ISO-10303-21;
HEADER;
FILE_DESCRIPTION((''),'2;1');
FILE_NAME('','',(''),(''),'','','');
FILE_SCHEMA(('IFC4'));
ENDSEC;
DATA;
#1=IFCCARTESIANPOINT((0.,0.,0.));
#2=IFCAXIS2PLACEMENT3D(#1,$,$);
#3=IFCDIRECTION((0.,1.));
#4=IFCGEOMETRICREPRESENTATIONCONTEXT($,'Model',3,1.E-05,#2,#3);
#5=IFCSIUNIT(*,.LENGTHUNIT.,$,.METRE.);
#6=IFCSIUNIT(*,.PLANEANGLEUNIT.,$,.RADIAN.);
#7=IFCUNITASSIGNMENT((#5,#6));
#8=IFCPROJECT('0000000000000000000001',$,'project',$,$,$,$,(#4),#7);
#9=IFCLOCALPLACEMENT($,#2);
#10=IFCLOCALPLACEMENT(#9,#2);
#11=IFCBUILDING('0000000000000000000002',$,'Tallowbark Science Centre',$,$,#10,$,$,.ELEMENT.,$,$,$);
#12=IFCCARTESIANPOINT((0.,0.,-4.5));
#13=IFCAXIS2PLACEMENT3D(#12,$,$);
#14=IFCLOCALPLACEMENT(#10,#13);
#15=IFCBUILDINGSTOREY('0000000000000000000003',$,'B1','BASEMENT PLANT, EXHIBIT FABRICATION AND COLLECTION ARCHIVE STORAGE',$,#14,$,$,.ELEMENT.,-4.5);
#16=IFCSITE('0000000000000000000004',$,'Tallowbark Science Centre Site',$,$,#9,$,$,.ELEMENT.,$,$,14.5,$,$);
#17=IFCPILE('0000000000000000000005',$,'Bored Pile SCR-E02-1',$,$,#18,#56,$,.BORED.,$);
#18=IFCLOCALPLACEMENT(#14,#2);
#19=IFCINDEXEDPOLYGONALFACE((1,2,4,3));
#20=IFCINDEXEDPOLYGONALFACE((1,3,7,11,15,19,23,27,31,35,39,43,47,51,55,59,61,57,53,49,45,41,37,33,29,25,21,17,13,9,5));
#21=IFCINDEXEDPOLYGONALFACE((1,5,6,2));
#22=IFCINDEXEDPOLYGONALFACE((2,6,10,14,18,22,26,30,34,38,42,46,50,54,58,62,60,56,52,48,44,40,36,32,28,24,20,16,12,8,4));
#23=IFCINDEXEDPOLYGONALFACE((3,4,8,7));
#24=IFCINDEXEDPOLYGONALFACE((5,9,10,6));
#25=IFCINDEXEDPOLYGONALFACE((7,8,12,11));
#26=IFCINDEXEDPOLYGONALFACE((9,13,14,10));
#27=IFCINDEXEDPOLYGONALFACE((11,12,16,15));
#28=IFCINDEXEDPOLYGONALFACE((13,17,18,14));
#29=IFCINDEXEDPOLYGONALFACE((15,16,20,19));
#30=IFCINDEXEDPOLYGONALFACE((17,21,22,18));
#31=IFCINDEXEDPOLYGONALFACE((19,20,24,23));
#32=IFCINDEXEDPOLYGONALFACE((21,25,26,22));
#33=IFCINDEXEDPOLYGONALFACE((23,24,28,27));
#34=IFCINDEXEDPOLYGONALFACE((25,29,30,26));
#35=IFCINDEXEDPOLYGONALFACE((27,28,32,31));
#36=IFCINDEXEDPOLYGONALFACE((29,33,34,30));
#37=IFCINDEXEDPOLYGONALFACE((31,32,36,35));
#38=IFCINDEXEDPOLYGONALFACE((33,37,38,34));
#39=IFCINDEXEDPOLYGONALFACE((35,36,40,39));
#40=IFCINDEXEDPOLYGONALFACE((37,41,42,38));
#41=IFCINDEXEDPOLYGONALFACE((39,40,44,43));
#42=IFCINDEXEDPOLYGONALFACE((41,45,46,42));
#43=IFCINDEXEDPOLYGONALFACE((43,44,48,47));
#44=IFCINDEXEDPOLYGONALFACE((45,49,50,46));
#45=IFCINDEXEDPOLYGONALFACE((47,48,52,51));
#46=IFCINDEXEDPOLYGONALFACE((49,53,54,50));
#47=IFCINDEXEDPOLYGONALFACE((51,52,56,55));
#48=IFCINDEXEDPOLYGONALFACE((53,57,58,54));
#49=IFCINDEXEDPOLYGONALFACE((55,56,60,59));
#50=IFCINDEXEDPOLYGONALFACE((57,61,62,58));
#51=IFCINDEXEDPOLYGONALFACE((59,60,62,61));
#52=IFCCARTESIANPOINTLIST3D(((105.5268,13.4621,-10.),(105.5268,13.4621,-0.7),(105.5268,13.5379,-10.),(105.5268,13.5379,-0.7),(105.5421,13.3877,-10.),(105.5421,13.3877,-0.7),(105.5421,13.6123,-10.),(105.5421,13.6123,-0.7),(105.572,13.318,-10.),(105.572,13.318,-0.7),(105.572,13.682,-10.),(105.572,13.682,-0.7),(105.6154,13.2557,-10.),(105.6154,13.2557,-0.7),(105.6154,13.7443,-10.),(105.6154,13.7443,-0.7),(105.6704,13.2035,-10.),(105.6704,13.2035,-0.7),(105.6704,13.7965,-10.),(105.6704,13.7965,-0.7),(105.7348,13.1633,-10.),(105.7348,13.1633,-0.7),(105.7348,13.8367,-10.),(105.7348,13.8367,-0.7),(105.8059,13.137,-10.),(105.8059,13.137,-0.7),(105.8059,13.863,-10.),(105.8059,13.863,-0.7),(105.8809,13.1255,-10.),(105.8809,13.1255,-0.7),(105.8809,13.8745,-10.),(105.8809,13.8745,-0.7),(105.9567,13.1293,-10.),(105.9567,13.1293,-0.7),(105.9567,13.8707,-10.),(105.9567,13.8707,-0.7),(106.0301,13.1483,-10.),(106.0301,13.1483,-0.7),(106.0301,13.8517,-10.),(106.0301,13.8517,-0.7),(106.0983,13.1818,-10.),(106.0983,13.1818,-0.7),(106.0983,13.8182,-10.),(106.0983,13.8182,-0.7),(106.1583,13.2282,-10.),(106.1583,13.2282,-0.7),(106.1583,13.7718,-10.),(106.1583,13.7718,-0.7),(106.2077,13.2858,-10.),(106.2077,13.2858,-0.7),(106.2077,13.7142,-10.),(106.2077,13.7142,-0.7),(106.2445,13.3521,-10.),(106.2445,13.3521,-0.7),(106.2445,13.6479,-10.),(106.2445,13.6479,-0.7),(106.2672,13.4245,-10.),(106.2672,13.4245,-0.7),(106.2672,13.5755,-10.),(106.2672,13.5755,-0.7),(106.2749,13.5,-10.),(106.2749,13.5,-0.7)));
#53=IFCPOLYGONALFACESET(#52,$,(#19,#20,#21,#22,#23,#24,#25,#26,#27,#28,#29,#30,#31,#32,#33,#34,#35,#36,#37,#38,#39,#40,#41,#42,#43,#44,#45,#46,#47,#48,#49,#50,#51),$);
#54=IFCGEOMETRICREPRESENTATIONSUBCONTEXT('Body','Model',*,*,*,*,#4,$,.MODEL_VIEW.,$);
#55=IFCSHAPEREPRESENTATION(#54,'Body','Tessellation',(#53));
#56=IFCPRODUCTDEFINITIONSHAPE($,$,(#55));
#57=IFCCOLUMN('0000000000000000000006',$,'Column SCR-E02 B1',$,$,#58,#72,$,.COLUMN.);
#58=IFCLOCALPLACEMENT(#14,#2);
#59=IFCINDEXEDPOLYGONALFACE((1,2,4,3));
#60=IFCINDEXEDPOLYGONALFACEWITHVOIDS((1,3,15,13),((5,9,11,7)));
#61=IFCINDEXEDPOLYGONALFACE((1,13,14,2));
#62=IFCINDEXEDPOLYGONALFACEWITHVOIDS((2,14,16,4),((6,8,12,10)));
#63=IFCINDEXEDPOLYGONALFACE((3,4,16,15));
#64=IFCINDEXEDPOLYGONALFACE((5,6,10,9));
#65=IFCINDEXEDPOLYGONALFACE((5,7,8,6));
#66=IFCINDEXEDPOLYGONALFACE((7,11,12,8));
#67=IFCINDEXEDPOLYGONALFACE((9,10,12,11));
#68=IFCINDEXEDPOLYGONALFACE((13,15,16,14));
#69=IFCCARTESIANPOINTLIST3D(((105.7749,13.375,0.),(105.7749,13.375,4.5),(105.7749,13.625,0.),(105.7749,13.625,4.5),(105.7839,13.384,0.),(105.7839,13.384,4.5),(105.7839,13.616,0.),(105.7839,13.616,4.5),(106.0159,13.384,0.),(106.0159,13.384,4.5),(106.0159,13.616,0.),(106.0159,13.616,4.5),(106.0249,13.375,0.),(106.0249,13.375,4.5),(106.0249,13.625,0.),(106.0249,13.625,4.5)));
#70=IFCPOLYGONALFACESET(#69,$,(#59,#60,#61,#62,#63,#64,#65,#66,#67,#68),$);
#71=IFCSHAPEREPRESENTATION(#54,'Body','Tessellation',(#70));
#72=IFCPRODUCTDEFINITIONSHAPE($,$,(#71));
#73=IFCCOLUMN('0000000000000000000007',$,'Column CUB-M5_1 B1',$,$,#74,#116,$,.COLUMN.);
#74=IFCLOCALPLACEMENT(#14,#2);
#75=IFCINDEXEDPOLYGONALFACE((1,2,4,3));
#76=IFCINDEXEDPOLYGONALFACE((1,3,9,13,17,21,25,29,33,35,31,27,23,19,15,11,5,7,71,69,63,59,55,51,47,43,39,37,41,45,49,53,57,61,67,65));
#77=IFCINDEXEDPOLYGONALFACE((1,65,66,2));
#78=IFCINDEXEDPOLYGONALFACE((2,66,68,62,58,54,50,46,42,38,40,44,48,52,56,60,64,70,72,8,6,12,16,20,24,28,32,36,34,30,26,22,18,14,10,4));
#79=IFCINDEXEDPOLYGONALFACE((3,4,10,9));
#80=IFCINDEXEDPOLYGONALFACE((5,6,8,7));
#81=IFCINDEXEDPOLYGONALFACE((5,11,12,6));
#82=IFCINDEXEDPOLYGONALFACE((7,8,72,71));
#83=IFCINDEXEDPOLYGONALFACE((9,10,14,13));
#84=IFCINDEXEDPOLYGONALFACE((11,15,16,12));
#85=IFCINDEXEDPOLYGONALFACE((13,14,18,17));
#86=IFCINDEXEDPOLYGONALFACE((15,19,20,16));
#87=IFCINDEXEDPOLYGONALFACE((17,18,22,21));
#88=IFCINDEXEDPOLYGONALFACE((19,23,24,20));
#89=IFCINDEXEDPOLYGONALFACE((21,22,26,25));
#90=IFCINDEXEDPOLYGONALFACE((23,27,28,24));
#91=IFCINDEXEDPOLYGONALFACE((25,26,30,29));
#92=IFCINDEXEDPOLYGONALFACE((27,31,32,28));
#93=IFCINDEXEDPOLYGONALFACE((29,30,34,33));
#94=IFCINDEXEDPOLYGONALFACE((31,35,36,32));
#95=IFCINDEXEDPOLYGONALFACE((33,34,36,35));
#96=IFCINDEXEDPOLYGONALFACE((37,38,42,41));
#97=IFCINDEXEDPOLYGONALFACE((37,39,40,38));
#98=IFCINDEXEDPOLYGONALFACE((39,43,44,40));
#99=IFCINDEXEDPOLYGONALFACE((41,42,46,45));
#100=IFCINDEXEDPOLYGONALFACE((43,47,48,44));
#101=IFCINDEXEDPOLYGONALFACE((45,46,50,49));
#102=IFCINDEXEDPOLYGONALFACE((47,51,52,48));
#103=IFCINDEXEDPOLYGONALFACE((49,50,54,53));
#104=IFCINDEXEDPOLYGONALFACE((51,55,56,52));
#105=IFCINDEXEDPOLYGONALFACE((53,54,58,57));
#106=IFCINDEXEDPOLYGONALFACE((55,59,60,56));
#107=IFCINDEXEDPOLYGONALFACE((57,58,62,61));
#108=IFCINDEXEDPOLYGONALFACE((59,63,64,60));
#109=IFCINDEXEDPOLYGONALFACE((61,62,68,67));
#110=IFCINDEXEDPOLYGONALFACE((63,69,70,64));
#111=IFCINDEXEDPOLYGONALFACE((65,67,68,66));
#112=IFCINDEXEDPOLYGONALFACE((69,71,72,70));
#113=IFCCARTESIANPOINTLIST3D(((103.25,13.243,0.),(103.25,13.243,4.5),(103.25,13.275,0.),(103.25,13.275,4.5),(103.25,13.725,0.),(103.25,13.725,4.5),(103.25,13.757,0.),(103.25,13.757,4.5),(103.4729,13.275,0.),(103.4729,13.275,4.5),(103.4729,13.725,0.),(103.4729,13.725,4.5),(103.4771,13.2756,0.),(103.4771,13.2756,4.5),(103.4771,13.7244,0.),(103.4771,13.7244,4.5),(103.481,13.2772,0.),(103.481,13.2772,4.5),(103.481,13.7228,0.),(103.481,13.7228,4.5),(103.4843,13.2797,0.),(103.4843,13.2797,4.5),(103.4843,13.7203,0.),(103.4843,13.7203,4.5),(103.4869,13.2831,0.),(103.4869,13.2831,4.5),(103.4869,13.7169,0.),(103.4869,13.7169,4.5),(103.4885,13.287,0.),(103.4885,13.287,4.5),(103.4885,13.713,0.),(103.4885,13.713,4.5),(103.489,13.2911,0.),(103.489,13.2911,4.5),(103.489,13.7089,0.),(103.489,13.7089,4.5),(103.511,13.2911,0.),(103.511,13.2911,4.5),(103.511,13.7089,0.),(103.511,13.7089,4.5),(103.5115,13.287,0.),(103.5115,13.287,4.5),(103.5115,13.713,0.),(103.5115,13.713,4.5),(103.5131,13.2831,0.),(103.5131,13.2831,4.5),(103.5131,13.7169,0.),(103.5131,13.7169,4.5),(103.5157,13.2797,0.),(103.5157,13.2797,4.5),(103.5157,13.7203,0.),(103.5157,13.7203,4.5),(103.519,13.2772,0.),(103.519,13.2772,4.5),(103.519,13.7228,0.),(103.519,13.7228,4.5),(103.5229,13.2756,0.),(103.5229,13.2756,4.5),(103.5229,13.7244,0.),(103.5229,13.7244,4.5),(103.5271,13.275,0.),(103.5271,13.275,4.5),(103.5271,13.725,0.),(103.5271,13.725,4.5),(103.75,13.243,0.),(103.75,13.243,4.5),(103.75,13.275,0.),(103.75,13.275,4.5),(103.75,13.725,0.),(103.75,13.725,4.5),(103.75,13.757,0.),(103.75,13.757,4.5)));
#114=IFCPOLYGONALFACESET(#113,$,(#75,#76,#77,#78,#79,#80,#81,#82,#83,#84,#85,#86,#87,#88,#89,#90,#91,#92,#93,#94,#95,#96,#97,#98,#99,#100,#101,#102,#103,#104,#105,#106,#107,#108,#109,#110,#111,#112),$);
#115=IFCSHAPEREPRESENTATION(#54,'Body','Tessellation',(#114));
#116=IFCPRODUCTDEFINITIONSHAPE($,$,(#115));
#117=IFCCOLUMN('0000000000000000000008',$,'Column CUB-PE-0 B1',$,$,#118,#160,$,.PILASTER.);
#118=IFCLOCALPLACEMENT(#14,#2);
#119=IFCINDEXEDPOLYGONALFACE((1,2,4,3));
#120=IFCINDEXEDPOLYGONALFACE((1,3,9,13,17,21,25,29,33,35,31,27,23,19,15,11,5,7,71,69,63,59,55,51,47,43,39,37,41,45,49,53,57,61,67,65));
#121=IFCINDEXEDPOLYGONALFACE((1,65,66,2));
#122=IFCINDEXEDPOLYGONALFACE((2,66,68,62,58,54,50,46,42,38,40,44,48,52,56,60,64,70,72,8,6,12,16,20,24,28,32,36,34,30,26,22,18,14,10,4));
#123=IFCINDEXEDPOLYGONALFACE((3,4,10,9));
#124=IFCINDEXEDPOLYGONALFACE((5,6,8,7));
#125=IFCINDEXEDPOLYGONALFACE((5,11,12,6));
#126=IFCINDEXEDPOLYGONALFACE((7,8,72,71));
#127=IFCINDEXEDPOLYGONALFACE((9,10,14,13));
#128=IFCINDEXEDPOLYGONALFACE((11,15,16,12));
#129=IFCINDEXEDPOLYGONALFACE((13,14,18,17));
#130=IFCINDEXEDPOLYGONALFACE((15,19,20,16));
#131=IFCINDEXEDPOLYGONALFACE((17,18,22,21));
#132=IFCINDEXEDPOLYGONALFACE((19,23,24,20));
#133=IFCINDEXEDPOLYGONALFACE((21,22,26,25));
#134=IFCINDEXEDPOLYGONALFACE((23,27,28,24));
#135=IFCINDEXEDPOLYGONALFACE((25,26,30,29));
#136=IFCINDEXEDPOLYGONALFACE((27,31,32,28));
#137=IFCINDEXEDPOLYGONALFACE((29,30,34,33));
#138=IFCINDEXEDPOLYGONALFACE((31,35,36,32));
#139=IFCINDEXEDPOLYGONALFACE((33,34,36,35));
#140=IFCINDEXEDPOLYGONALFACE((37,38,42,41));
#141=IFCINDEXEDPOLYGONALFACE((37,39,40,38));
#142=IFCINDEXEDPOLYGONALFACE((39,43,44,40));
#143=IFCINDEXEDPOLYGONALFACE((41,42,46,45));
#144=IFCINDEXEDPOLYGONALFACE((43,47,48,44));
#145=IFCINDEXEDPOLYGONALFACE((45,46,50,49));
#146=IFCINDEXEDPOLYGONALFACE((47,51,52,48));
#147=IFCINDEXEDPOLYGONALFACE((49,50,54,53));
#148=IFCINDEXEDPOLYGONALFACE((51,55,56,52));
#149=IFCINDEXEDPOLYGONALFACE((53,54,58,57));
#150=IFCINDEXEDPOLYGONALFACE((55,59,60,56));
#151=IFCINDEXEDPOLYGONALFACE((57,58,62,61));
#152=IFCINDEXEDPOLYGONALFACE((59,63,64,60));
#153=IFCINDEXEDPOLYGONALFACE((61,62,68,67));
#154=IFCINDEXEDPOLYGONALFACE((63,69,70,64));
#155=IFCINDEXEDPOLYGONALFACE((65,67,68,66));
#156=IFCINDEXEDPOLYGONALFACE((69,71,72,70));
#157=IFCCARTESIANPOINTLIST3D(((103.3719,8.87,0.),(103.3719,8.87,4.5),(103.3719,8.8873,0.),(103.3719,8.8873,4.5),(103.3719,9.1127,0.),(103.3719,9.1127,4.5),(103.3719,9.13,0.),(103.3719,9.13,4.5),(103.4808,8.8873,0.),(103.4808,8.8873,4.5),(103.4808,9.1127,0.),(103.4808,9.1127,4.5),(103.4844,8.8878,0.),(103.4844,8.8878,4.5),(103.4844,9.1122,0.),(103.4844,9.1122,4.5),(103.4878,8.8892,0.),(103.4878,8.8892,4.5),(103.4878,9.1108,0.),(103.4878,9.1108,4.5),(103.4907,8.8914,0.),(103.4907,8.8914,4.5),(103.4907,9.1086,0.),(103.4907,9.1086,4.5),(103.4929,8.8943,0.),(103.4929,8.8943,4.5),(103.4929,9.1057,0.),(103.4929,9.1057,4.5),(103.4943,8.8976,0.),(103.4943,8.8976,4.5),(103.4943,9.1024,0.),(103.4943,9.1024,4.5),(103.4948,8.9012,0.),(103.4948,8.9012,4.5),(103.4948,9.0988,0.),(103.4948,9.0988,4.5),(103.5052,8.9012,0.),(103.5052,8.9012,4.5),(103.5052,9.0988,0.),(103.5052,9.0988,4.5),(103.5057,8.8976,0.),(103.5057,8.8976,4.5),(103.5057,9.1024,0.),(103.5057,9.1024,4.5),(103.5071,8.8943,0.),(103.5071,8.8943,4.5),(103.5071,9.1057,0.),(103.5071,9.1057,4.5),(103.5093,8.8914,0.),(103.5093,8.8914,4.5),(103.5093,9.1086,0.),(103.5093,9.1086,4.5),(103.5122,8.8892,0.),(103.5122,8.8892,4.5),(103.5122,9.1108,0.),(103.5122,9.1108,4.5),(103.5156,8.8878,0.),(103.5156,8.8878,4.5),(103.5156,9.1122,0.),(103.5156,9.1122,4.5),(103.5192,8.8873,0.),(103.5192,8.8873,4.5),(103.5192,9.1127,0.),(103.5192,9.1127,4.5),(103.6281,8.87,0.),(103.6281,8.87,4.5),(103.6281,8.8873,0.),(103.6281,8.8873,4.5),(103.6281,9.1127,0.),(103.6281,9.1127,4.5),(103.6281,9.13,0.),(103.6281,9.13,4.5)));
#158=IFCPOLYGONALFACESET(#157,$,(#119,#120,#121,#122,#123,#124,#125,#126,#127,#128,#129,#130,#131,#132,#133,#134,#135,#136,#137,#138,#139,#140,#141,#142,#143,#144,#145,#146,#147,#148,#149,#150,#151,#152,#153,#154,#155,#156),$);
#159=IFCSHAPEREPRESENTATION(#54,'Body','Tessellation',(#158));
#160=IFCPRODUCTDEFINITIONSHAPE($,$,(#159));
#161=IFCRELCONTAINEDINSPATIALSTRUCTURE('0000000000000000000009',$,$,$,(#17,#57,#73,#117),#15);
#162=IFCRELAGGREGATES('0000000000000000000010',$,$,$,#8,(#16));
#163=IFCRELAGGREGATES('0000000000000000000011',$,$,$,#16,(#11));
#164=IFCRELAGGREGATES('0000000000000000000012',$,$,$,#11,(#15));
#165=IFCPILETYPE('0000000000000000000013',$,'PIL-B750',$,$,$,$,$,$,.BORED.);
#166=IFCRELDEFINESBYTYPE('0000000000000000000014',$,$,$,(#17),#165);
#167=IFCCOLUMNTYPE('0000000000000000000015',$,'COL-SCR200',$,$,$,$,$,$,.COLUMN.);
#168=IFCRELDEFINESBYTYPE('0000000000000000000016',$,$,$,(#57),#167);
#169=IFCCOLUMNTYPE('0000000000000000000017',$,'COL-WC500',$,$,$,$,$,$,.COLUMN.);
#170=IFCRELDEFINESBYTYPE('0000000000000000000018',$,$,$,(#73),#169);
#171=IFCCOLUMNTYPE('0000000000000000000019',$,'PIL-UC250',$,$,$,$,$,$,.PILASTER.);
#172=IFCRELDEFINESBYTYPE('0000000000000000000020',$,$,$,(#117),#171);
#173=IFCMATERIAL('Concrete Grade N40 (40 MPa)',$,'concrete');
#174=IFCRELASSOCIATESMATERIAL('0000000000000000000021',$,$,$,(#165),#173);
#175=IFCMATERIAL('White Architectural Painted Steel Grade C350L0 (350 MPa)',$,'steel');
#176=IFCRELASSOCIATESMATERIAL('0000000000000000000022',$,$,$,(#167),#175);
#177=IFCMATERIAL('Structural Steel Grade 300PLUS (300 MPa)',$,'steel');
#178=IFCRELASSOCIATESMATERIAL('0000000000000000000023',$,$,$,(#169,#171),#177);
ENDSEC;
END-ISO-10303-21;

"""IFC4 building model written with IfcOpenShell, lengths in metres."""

from ifc_helpers import new_model, si_unit, direction, frame, origin, origin_2d, place, context, subcontext, project, spatial, hollow_rectangle, circle, i_section, extrude, material, material_profile, profile_set, type_object, element, save


model = new_model("IFC4")

# Units and contexts
model_context = context("Model", 3, precision=1e-05, world=origin(), true_north=direction((0.0, 1.0)))
body_context = subcontext(model_context, "Body", "Model", "MODEL_VIEW")
ifc_project = project(units=[si_unit("LENGTHUNIT", "METRE"), si_unit("PLANEANGLEUNIT", "RADIAN")], contexts=[model_context])

# Site, building, storey
site_placement = place(None, origin())
site = spatial("IfcSite", under=ifc_project, at=site_placement, Name="Tallowbark Science Centre Site", CompositionType="ELEMENT", RefElevation=14.5)
building_placement = place(site_placement, origin())
building = spatial("IfcBuilding", under=site, at=building_placement, Name="Tallowbark Science Centre", CompositionType="ELEMENT")
storey_placement = place(building_placement, frame((0.0, 0.0, -4.5)))
storey = spatial("IfcBuildingStorey", under=building, at=storey_placement, Name="B1", Description="BASEMENT PLANT, EXHIBIT FABRICATION AND COLLECTION ARCHIVE STORAGE", CompositionType="ELEMENT", Elevation=-4.5)

# Shared definitions
ifc_material_1 = material(Name="Concrete Grade N40 (40 MPa)", Category="concrete")

# Pile
ifc_material_profile_1 = material_profile(ifc_material_1, circle(Radius=0.375, at=origin_2d()), Name="PILE750")
ifc_profile_set_1 = profile_set([ifc_material_profile_1], Name="Concrete Grade N40 (40 MPa)")
pile_type = type_object("IfcPileType", Name="PIL-B750", PredefinedType="BORED", material=ifc_profile_set_1)
pile_placement = place(storey_placement, frame((105.8999, 13.5, -0.7), z_axis=(0.0, 0.0, -1.0), x_axis=(1.0, 0.0, 0.0)))
element("IfcPile", 1, at=pile_placement, inside=storey, type_object=pile_type, Name="Bored Pile SCR-E02-1", PredefinedType="BORED", context=body_context, shape_type="SweptSolid", body=[
    extrude(circle(Radius=0.375, at=origin_2d()), origin(), (0.0, 0.0, 1.0), 9.3),
])

# Columns
ifc_material_2 = material(Name="White Architectural Painted Steel Grade C350L0 (350 MPa)", Category="steel")
ifc_material_profile_2 = material_profile(ifc_material_2, hollow_rectangle(XDim=0.25, YDim=0.25, WallThickness=0.009, at=origin_2d()), Name="250x250x9.0SHS")
ifc_profile_set_2 = profile_set([ifc_material_profile_2], Name="White Architectural Painted Steel Grade C350L0 (350 MPa)")
column_type_1 = type_object("IfcColumnType", Name="COL-SCR200", PredefinedType="COLUMN", material=ifc_profile_set_2)
column_1_placement = place(storey_placement, frame((105.8999, 13.5, 0.0), z_axis=(0.0, 0.0, 1.0), x_axis=(1.0, 0.0, 0.0)))
element("IfcColumn", 2, at=column_1_placement, inside=storey, type_object=column_type_1, Name="Column SCR-E02 B1", PredefinedType="COLUMN", context=body_context, shape_type="SweptSolid", body=[
    extrude(hollow_rectangle(XDim=0.25, YDim=0.25, WallThickness=0.009, at=origin_2d()), origin(), (0.0, 0.0, 1.0), 4.5),
])
ifc_material_3 = material(Name="Structural Steel Grade 300PLUS (300 MPa)", Category="steel")
ifc_material_profile_3 = material_profile(ifc_material_3, i_section(OverallWidth=0.5, OverallDepth=0.5139, WebThickness=0.022, FlangeThickness=0.032, FilletRadius=0.0161, at=origin_2d()), Name="500WC340")
ifc_profile_set_3 = profile_set([ifc_material_profile_3], Name="Structural Steel Grade 300PLUS (300 MPa)")
column_type_2 = type_object("IfcColumnType", Name="COL-WC500", PredefinedType="COLUMN", material=ifc_profile_set_3)
column_2_placement = place(storey_placement, frame((103.5, 13.5, 0.0), z_axis=(0.0, 0.0, 1.0), x_axis=(1.0, 0.0, 0.0)))
element("IfcColumn", 3, at=column_2_placement, inside=storey, type_object=column_type_2, Name="Column CUB-M5_1 B1", PredefinedType="COLUMN", context=body_context, shape_type="SweptSolid", body=[
    extrude(i_section(OverallWidth=0.5, OverallDepth=0.5139, WebThickness=0.022, FlangeThickness=0.032, FilletRadius=0.0161, at=origin_2d()), origin(), (0.0, 0.0, 1.0), 4.5),
])
ifc_material_profile_4 = material_profile(ifc_material_3, i_section(OverallWidth=0.2561, OverallDepth=0.26, WebThickness=0.0105, FlangeThickness=0.0173, FilletRadius=0.0139, at=origin_2d()), Name="250UC89.5")
ifc_profile_set_4 = profile_set([ifc_material_profile_4], Name="Structural Steel Grade 300PLUS (300 MPa)")
column_type_3 = type_object("IfcColumnType", Name="PIL-UC250", PredefinedType="PILASTER", material=ifc_profile_set_4)
for number, where, z_axis, x_axis, name in (
    (4, (103.5, 9.0, 0.0), (0.0, 0.0, 1.0), (1.0, 0.0, 0.0), "Column CUB-PE-0 B1"),
):
    element("IfcColumn", number, at=place(storey_placement, frame(where, z_axis=z_axis, x_axis=x_axis)), inside=storey, type_object=column_type_3, Name=name, PredefinedType="PILASTER", context=body_context, shape_type="SweptSolid", body=[
        extrude(i_section(OverallWidth=0.2561, OverallDepth=0.26, WebThickness=0.0105, FlangeThickness=0.0173, FilletRadius=0.0139, at=origin_2d()), origin(), (0.0, 0.0, 1.0), 4.5),
    ])

save(model, "model.ifc")
